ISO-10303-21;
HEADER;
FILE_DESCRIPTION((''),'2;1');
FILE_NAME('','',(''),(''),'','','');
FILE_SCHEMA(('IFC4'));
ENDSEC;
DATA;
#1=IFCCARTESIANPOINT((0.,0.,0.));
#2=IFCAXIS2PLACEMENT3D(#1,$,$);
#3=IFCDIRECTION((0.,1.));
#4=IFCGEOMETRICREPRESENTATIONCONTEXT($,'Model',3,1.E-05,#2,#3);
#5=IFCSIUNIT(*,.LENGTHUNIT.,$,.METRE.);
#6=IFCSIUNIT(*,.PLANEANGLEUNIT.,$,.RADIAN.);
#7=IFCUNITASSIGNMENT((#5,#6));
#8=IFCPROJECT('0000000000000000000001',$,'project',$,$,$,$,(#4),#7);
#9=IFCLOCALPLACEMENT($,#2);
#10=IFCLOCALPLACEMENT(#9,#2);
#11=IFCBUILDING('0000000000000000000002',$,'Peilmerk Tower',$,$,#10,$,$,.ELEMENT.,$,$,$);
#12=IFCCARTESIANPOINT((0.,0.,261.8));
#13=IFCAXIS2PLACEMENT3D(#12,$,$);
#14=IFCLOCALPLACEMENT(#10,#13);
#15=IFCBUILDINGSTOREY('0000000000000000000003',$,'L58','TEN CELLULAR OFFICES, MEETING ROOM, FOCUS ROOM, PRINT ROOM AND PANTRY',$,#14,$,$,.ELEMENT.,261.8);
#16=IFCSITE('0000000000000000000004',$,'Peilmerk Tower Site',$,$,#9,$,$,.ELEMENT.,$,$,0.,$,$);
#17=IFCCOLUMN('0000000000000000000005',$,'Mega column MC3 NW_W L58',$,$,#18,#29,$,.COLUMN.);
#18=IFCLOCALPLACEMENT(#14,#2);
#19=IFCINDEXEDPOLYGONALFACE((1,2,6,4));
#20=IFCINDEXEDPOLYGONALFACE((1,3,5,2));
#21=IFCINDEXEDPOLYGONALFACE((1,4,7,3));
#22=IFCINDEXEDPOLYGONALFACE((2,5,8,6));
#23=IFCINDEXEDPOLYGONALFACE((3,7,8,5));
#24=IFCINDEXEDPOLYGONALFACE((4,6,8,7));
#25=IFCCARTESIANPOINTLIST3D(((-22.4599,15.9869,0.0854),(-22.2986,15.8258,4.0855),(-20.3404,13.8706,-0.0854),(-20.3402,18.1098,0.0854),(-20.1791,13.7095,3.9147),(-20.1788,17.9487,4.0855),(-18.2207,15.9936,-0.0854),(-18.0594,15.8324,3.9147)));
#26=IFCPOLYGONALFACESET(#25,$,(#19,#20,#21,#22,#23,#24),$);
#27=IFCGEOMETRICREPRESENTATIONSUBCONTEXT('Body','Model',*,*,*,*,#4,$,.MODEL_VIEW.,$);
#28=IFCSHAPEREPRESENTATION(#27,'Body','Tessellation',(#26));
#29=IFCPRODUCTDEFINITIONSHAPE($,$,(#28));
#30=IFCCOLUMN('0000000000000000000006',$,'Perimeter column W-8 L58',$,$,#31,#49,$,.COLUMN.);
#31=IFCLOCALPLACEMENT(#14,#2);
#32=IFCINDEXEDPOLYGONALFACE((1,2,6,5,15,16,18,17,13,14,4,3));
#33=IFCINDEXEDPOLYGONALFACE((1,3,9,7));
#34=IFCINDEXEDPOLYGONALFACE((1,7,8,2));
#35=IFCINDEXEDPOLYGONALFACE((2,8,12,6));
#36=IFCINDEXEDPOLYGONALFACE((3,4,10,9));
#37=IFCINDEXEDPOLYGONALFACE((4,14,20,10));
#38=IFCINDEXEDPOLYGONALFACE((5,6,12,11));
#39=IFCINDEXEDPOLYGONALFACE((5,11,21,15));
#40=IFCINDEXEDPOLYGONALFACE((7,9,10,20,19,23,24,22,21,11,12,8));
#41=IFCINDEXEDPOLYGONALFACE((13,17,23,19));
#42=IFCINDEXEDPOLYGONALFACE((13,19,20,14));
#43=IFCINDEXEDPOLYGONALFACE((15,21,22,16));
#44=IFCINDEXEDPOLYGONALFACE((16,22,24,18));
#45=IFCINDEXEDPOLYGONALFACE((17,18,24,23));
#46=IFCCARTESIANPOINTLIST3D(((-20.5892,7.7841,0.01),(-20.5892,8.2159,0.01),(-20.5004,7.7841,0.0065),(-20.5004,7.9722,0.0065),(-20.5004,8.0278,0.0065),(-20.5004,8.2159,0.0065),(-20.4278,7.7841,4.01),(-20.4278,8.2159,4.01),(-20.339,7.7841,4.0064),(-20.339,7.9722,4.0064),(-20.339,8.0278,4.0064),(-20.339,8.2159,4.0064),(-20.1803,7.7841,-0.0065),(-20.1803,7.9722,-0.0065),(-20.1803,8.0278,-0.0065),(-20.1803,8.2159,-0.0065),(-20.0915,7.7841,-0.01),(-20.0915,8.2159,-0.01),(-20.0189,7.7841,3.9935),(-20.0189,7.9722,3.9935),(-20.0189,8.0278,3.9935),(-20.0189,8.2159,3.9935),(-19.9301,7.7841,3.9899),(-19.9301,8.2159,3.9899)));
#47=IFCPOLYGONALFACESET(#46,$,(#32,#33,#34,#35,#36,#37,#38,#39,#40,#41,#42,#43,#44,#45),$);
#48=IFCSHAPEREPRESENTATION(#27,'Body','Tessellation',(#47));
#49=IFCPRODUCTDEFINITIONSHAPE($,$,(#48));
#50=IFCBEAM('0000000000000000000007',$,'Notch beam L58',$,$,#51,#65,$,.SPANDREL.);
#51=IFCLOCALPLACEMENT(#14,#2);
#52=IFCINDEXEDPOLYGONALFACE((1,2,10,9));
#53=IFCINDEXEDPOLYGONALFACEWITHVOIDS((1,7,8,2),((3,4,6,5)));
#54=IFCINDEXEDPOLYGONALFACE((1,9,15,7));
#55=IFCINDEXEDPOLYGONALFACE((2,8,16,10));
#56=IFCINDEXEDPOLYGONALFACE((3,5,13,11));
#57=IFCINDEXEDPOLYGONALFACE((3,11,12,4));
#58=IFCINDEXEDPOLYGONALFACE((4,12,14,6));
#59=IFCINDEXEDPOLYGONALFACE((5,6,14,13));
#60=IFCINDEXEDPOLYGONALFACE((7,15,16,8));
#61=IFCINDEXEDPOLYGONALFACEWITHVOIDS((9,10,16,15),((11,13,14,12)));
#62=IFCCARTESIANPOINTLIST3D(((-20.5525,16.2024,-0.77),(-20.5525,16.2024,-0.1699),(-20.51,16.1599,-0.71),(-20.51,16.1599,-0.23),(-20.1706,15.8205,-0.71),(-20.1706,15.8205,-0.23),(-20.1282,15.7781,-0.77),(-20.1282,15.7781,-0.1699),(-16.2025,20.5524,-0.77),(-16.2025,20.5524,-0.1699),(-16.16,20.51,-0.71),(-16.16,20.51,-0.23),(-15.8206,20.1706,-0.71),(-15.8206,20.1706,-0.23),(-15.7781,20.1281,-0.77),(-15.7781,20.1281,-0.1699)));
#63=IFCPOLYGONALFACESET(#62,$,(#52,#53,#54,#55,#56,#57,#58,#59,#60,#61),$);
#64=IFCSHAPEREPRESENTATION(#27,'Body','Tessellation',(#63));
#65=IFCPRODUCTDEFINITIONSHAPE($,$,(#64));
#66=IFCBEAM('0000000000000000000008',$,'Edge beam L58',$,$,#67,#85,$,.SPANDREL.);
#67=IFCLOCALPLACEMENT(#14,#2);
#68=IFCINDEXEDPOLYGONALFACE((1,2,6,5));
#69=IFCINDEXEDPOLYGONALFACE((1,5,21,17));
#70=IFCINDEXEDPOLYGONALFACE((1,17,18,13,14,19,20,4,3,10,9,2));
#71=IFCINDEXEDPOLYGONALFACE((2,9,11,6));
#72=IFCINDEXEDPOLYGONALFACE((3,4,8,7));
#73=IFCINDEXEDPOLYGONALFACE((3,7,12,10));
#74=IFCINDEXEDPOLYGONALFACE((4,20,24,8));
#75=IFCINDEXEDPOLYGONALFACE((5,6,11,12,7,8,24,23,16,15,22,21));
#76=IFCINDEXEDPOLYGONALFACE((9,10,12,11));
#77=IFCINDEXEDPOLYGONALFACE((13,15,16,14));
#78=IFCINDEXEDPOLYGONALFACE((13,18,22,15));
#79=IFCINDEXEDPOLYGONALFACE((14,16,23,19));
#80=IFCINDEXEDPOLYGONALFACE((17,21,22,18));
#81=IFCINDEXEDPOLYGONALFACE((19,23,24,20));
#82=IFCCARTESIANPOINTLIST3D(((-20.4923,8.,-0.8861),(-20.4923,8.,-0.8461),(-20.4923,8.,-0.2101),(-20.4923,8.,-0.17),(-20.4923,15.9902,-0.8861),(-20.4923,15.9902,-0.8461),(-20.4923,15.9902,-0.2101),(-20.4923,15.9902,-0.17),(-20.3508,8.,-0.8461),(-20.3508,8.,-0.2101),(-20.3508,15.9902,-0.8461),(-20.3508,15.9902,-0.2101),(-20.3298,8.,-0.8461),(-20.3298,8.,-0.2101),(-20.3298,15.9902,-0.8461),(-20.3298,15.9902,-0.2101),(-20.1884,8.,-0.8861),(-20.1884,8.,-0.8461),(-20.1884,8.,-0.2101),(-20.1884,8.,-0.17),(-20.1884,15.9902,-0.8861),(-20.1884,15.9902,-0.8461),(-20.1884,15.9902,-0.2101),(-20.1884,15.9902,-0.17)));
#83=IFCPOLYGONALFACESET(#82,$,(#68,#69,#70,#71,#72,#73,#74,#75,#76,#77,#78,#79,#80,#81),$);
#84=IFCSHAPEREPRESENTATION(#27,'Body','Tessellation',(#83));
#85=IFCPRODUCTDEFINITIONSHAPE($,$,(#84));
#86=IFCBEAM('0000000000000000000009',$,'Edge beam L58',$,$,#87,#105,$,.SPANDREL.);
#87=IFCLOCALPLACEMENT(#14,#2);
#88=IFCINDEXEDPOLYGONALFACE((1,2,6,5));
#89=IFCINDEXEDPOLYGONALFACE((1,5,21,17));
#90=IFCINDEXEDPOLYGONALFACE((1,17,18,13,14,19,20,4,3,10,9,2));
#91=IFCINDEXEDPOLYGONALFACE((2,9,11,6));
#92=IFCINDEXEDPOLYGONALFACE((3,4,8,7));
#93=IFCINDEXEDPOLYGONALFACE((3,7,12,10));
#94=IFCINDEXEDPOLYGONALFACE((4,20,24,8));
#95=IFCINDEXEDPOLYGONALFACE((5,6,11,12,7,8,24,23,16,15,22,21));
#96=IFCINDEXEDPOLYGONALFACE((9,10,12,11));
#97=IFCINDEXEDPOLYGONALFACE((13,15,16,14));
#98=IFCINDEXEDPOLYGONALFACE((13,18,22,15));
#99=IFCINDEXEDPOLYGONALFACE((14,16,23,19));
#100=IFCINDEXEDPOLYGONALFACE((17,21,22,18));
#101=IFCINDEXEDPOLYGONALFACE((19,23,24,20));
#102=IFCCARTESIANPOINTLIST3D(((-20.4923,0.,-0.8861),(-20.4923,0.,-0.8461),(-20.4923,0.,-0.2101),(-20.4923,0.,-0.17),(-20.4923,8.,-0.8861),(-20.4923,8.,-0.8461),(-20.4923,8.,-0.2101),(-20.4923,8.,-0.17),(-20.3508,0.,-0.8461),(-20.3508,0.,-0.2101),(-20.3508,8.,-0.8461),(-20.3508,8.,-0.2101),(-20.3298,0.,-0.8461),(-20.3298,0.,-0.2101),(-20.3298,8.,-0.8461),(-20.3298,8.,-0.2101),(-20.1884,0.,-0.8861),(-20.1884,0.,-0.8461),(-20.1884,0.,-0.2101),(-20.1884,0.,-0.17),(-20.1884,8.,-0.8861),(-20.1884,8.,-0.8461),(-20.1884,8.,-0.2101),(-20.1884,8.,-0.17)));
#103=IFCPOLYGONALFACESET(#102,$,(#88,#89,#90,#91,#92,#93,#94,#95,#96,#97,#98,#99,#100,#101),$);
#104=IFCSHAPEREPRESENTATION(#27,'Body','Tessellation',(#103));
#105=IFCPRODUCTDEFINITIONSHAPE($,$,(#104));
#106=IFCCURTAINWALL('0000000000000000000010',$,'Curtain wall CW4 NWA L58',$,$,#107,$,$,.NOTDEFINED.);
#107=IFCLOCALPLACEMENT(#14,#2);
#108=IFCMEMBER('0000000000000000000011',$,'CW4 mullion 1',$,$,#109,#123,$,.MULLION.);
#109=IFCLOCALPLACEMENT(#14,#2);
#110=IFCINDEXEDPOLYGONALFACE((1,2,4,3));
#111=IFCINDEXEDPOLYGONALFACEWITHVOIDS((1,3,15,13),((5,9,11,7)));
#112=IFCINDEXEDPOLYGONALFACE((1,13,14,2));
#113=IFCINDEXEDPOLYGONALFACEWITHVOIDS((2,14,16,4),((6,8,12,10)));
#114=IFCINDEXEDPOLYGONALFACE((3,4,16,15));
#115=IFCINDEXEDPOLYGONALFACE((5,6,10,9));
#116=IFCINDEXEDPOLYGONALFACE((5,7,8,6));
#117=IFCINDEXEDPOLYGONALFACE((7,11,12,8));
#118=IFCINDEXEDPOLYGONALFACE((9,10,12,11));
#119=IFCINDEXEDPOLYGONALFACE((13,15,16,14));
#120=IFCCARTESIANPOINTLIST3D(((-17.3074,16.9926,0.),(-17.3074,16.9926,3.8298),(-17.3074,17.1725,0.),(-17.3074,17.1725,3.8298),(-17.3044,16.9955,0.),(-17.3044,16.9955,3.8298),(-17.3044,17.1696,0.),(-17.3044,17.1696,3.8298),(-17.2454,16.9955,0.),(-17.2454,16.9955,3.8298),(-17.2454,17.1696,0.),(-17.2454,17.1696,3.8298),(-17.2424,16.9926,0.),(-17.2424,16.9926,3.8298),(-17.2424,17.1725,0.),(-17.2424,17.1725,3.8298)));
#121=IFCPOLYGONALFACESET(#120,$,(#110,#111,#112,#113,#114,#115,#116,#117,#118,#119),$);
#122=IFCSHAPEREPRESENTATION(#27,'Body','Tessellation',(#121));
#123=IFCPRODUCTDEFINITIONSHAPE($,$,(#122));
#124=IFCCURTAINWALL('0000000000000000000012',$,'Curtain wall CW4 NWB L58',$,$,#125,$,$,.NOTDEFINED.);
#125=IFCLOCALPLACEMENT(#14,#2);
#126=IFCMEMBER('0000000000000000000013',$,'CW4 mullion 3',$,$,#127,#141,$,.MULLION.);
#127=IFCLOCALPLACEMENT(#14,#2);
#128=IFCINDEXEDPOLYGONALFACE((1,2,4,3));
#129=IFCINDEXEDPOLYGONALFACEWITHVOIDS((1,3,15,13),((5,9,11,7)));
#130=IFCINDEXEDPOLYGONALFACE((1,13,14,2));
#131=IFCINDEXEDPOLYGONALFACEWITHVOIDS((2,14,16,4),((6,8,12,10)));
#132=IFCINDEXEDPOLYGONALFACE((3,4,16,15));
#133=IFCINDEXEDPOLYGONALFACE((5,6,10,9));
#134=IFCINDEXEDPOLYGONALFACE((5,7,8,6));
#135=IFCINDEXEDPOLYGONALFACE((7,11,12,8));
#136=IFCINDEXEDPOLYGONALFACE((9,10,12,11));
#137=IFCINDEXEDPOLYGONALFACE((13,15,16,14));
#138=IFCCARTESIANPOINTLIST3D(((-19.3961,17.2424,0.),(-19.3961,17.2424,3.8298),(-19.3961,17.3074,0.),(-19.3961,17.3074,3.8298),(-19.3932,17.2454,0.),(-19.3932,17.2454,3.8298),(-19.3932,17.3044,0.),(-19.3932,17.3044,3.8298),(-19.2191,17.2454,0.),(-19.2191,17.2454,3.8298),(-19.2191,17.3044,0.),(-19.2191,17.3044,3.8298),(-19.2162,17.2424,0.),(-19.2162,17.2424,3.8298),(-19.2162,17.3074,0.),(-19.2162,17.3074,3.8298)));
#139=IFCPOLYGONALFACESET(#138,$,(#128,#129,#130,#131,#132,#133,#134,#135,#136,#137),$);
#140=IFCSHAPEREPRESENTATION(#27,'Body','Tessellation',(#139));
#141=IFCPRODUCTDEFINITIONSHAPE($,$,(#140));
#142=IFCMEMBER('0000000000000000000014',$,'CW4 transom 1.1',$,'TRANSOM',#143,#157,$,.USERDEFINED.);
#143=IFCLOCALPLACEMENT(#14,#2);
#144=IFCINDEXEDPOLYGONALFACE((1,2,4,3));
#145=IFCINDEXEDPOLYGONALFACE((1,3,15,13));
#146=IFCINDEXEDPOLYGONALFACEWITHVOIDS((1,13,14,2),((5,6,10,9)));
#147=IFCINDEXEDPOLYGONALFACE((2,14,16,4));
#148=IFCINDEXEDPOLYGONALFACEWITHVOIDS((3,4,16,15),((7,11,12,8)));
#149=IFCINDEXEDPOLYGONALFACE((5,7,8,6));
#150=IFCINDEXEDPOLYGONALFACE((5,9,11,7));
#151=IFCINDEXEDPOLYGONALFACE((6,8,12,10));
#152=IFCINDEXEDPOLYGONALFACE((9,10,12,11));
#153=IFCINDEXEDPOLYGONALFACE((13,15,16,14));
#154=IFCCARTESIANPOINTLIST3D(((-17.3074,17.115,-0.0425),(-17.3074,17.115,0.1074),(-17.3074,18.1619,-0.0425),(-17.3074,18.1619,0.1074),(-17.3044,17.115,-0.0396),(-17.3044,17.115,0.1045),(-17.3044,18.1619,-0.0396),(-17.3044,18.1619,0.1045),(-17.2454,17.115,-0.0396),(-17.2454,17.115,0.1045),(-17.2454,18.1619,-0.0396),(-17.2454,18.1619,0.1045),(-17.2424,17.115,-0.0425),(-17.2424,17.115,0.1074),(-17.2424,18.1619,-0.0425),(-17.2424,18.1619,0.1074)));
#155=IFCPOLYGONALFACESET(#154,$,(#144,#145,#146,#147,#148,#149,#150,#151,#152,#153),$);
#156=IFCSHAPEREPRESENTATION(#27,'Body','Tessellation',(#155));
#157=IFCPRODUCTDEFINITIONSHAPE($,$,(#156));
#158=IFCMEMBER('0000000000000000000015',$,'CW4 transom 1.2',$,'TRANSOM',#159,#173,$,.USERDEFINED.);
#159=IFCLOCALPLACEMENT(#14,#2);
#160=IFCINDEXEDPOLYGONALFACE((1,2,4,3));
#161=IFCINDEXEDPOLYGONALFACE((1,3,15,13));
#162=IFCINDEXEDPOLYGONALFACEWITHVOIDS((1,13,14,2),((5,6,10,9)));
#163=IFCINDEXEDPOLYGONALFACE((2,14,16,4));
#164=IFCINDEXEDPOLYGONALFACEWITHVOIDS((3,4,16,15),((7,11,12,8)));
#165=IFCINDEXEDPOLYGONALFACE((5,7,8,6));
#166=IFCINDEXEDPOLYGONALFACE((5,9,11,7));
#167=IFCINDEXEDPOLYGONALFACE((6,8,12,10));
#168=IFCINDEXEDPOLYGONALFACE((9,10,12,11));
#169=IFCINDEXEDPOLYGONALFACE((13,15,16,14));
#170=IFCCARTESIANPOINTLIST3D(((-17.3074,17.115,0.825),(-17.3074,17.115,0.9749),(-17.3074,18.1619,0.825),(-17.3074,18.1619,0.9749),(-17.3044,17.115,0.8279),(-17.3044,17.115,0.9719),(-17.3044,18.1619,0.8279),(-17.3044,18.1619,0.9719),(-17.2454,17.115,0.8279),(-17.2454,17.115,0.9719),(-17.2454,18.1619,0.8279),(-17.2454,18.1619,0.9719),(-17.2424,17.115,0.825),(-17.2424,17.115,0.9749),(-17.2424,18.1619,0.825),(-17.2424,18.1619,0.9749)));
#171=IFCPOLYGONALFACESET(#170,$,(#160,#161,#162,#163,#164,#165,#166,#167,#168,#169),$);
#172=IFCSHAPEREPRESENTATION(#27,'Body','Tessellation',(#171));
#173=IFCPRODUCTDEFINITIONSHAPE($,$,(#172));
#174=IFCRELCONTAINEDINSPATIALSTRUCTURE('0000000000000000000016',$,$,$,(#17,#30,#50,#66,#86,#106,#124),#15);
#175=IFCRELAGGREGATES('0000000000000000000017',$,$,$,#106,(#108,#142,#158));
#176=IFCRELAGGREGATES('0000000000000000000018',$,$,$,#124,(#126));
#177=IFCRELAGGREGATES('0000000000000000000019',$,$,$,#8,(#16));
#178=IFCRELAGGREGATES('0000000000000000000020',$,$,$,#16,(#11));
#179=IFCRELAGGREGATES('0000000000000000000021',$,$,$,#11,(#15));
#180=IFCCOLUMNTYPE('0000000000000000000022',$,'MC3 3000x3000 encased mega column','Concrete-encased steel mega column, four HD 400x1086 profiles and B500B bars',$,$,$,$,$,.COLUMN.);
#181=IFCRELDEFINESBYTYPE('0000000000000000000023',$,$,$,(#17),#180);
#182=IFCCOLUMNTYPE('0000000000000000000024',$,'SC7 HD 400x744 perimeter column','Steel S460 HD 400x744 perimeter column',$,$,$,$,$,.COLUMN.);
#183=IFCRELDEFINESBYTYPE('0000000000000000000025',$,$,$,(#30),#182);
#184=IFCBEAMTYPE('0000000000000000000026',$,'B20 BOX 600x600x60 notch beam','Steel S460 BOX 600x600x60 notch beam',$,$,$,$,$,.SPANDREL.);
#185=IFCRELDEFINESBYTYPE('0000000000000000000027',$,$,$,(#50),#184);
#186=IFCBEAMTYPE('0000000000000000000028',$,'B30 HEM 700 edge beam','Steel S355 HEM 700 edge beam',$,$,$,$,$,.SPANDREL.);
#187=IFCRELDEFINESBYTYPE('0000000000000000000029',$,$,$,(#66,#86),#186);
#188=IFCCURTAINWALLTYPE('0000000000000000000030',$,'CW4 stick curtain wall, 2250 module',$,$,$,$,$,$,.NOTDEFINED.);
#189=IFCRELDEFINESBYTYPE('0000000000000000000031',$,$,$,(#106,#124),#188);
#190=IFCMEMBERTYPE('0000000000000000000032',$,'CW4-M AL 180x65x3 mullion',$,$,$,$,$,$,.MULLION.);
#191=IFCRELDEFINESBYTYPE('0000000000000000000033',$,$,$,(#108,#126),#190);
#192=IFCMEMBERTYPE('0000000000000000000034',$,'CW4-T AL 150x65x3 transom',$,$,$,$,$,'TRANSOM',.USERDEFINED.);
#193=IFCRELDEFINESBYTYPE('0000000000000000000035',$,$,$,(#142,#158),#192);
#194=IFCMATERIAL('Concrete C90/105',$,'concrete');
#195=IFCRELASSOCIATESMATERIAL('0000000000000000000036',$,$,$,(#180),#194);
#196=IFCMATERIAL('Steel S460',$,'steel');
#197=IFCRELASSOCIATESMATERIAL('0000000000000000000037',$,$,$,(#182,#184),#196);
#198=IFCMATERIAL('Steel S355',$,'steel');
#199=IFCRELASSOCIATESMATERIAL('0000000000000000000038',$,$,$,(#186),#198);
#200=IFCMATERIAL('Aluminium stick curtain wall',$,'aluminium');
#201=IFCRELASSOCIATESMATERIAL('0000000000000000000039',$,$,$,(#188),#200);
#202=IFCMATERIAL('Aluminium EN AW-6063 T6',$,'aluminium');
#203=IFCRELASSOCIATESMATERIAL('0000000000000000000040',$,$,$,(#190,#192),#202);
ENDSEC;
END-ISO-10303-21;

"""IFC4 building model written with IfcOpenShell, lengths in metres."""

from ifc_helpers import new_model, si_unit, direction, frame, origin, origin_2d, place, context, subcontext, project, spatial, rectangle, hollow_rectangle, i_section, extrude, material, material_profile, profile_set, type_object, element, aggregate, save


model = new_model("IFC4")

# Units and contexts
model_context = context("Model", 3, precision=1e-05, world=origin(), true_north=direction((0.0, 1.0)))
body_context = subcontext(model_context, "Body", "Model", "MODEL_VIEW")
ifc_project = project(units=[si_unit("LENGTHUNIT", "METRE"), si_unit("PLANEANGLEUNIT", "RADIAN")], contexts=[model_context])

# Site, building, storey
site_placement = place(None, origin())
site = spatial("IfcSite", under=ifc_project, at=site_placement, Name="Peilmerk Tower Site", CompositionType="ELEMENT", RefElevation=0.0)
building_placement = place(site_placement, origin())
building = spatial("IfcBuilding", under=site, at=building_placement, Name="Peilmerk Tower", CompositionType="ELEMENT")
storey_placement = place(building_placement, frame((0.0, 0.0, 261.8)))
storey = spatial("IfcBuildingStorey", under=building, at=storey_placement, Name="L58", Description="TEN CELLULAR OFFICES, MEETING ROOM, FOCUS ROOM, PRINT ROOM AND PANTRY", CompositionType="ELEMENT", Elevation=261.8)

# Columns
ifc_material_1 = material(Name="Concrete C90/105", Category="concrete")
ifc_material_profile_1 = material_profile(ifc_material_1, rectangle(XDim=3.0, YDim=3.0, at=origin_2d()), Name="RC 3000x3000")
ifc_profile_set_1 = profile_set([ifc_material_profile_1], Name="Concrete C90/105")
column_type_1 = type_object("IfcColumnType", Name="MC3 3000x3000 encased mega column", Description="Concrete-encased steel mega column, four HD 400x1086 profiles and B500B bars", PredefinedType="COLUMN", material=ifc_profile_set_1)
column_1_placement = place(storey_placement, frame((-20.3403, 15.9902, 0.0), z_axis=(0.040279, -0.040218, 0.998379), x_axis=(0.706571, 0.707642, 0.0)))
element("IfcColumn", 1, at=column_1_placement, inside=storey, type_object=column_type_1, Name="Mega column MC3 NW_W L58", PredefinedType="COLUMN", context=body_context, shape_type="SweptSolid", body=[
    extrude(rectangle(XDim=3.0, YDim=3.0, at=origin_2d()), origin(), (0.0, 0.0, 1.0), 4.0066),
])
ifc_material_2 = material(Name="Steel S460", Category="steel")
ifc_material_profile_2 = material_profile(ifc_material_2, i_section(OverallWidth=0.4319, OverallDepth=0.498, WebThickness=0.0557, FlangeThickness=0.0889, at=origin_2d()), Name="HD 400x744")
ifc_profile_set_2 = profile_set([ifc_material_profile_2], Name="Steel S460")
column_type_2 = type_object("IfcColumnType", Name="SC7 HD 400x744 perimeter column", Description="Steel S460 HD 400x744 perimeter column", PredefinedType="COLUMN", material=ifc_profile_set_2)
column_2_placement = place(storey_placement, frame((-20.3403, 8.0, 0.0), z_axis=(0.040311, 0.0, 0.999187), x_axis=(0.0, 1.0, 0.0)))
element("IfcColumn", 2, at=column_2_placement, inside=storey, type_object=column_type_2, Name="Perimeter column W-8 L58", PredefinedType="COLUMN", context=body_context, shape_type="SweptSolid", body=[
    extrude(i_section(OverallWidth=0.4319, OverallDepth=0.498, WebThickness=0.0557, FlangeThickness=0.0889, at=origin_2d()), origin(), (0.0, 0.0, 1.0), 4.0032),
])

# Beams
ifc_material_profile_3 = material_profile(ifc_material_2, hollow_rectangle(XDim=0.6001, YDim=0.6001, WallThickness=0.0601, at=origin_2d()), Name="BOX 600x600x60")
ifc_profile_set_3 = profile_set([ifc_material_profile_3], Name="Steel S460")
beam_type_1 = type_object("IfcBeamType", Name="B20 BOX 600x600x60 notch beam", Description="Steel S460 BOX 600x600x60 notch beam", PredefinedType="SPANDREL", material=ifc_profile_set_3)
beam_1_placement = place(storey_placement, frame((-20.3403, 15.9902, -0.47), z_axis=(0.707107, 0.707107, 0.0), x_axis=(-0.707107, 0.707107, 0.0)))
element("IfcBeam", 3, at=beam_1_placement, inside=storey, type_object=beam_type_1, Name="Notch beam L58", PredefinedType="SPANDREL", context=body_context, shape_type="SweptSolid", body=[
    extrude(hollow_rectangle(XDim=0.6001, YDim=0.6001, WallThickness=0.0601, at=origin_2d()), origin(), (0.0, 0.0, 1.0), 6.1519),
])
ifc_material_3 = material(Name="Steel S355", Category="steel")
ifc_material_profile_4 = material_profile(ifc_material_3, i_section(OverallWidth=0.304, OverallDepth=0.7161, WebThickness=0.021, FlangeThickness=0.04, at=origin_2d()), Name="HEM 700")
ifc_profile_set_4 = profile_set([ifc_material_profile_4], Name="Steel S355")
beam_type_2 = type_object("IfcBeamType", Name="B30 HEM 700 edge beam", Description="Steel S355 HEM 700 edge beam", PredefinedType="SPANDREL", material=ifc_profile_set_4)
beam_2_placement = place(storey_placement, frame((-20.3403, 15.9902, -0.5281), z_axis=(0.0, -1.0, 0.0), x_axis=(1.0, 0.0, 0.0)))
element("IfcBeam", 4, at=beam_2_placement, inside=storey, type_object=beam_type_2, Name="Edge beam L58", PredefinedType="SPANDREL", context=body_context, shape_type="SweptSolid", body=[
    extrude(i_section(OverallWidth=0.304, OverallDepth=0.7161, WebThickness=0.021, FlangeThickness=0.04, at=origin_2d()), origin(), (0.0, 0.0, 1.0), 7.9902),
])
beam_3_placement = place(storey_placement, frame((-20.3403, 8.0, -0.5281), z_axis=(0.0, -1.0, 0.0), x_axis=(1.0, 0.0, 0.0)))
element("IfcBeam", 5, at=beam_3_placement, inside=storey, type_object=beam_type_2, Name="Edge beam L58", PredefinedType="SPANDREL", context=body_context, shape_type="SweptSolid", body=[
    extrude(i_section(OverallWidth=0.304, OverallDepth=0.7161, WebThickness=0.021, FlangeThickness=0.04, at=origin_2d()), origin(), (0.0, 0.0, 1.0), 8.0),
])

# Curtain walls, members
ifc_material_4 = material(Name="Aluminium stick curtain wall", Category="aluminium")
curtain_wall_type = type_object("IfcCurtainWallType", Name="CW4 stick curtain wall, 2250 module", PredefinedType="NOTDEFINED", material=ifc_material_4)
curtain_wall_1_placement = place(storey_placement, origin())
curtain_wall_1 = element("IfcCurtainWall", 6, at=curtain_wall_1_placement, inside=storey, type_object=curtain_wall_type, Name="Curtain wall CW4 NWA L58", PredefinedType="NOTDEFINED")
ifc_material_5 = material(Name="Aluminium EN AW-6063 T6", Category="aluminium")
ifc_material_profile_5 = material_profile(ifc_material_5, hollow_rectangle(XDim=0.0649, YDim=0.1799, WallThickness=0.0029, at=origin_2d()), Name="AL 180x65x3")
ifc_profile_set_5 = profile_set([ifc_material_profile_5], Name="Aluminium EN AW-6063 T6")
member_type_1 = type_object("IfcMemberType", Name="CW4-M AL 180x65x3 mullion", PredefinedType="MULLION", material=ifc_profile_set_5)
member_1_placement = place(storey_placement, frame((-17.2749, 17.0825, 0.0), z_axis=(0.0, 0.0, 1.0), x_axis=(-1.0, 0.0, 0.0)))
member_1 = element("IfcMember", 7, at=member_1_placement, type_object=member_type_1, Name="CW4 mullion 1", PredefinedType="MULLION", context=body_context, shape_type="SweptSolid", body=[
    extrude(hollow_rectangle(XDim=0.0649, YDim=0.1799, WallThickness=0.0029, at=origin_2d()), origin(), (0.0, 0.0, 1.0), 3.8298),
])
curtain_wall_2_placement = place(storey_placement, origin())
curtain_wall_2 = element("IfcCurtainWall", 8, at=curtain_wall_2_placement, inside=storey, type_object=curtain_wall_type, Name="Curtain wall CW4 NWB L58", PredefinedType="NOTDEFINED")
member_2_placement = place(storey_placement, frame((-19.3062, 17.2749, 0.0), z_axis=(0.0, 0.0, 1.0), x_axis=(0.0, -1.0, 0.0)))
member_2 = element("IfcMember", 9, at=member_2_placement, type_object=member_type_1, Name="CW4 mullion 3", PredefinedType="MULLION", context=body_context, shape_type="SweptSolid", body=[
    extrude(hollow_rectangle(XDim=0.0649, YDim=0.1799, WallThickness=0.0029, at=origin_2d()), origin(), (0.0, 0.0, 1.0), 3.8298),
])

# Members
ifc_material_profile_6 = material_profile(ifc_material_5, hollow_rectangle(XDim=0.0649, YDim=0.1499, WallThickness=0.0029, at=origin_2d()), Name="AL 150x65x3")
ifc_profile_set_6 = profile_set([ifc_material_profile_6], Name="Aluminium EN AW-6063 T6")
member_type_2 = type_object("IfcMemberType", Name="CW4-T AL 150x65x3 transom", ElementType="TRANSOM", PredefinedType="USERDEFINED", material=ifc_profile_set_6)
member_3_placement = place(storey_placement, frame((-17.2749, 17.115, 0.0325), z_axis=(0.0, 1.0, 0.0), x_axis=(-1.0, 0.0, 0.0)))
member_3 = element("IfcMember", 10, at=member_3_placement, type_object=member_type_2, Name="CW4 transom 1.1", ObjectType="TRANSOM", PredefinedType="USERDEFINED", context=body_context, shape_type="SweptSolid", body=[
    extrude(hollow_rectangle(XDim=0.0649, YDim=0.1499, WallThickness=0.0029, at=origin_2d()), origin(), (0.0, 0.0, 1.0), 1.0469),
])
member_4_placement = place(storey_placement, frame((-17.2749, 17.115, 0.8999), z_axis=(0.0, 1.0, 0.0), x_axis=(-1.0, 0.0, 0.0)))
member_4 = element("IfcMember", 11, at=member_4_placement, type_object=member_type_2, Name="CW4 transom 1.2", ObjectType="TRANSOM", PredefinedType="USERDEFINED", context=body_context, shape_type="SweptSolid", body=[
    extrude(hollow_rectangle(XDim=0.0649, YDim=0.1499, WallThickness=0.0029, at=origin_2d()), origin(), (0.0, 0.0, 1.0), 1.0469),
])
aggregate(curtain_wall_1, [member_1, member_3, member_4])

aggregate(curtain_wall_2, [member_2])

save(model, "model.ifc")
